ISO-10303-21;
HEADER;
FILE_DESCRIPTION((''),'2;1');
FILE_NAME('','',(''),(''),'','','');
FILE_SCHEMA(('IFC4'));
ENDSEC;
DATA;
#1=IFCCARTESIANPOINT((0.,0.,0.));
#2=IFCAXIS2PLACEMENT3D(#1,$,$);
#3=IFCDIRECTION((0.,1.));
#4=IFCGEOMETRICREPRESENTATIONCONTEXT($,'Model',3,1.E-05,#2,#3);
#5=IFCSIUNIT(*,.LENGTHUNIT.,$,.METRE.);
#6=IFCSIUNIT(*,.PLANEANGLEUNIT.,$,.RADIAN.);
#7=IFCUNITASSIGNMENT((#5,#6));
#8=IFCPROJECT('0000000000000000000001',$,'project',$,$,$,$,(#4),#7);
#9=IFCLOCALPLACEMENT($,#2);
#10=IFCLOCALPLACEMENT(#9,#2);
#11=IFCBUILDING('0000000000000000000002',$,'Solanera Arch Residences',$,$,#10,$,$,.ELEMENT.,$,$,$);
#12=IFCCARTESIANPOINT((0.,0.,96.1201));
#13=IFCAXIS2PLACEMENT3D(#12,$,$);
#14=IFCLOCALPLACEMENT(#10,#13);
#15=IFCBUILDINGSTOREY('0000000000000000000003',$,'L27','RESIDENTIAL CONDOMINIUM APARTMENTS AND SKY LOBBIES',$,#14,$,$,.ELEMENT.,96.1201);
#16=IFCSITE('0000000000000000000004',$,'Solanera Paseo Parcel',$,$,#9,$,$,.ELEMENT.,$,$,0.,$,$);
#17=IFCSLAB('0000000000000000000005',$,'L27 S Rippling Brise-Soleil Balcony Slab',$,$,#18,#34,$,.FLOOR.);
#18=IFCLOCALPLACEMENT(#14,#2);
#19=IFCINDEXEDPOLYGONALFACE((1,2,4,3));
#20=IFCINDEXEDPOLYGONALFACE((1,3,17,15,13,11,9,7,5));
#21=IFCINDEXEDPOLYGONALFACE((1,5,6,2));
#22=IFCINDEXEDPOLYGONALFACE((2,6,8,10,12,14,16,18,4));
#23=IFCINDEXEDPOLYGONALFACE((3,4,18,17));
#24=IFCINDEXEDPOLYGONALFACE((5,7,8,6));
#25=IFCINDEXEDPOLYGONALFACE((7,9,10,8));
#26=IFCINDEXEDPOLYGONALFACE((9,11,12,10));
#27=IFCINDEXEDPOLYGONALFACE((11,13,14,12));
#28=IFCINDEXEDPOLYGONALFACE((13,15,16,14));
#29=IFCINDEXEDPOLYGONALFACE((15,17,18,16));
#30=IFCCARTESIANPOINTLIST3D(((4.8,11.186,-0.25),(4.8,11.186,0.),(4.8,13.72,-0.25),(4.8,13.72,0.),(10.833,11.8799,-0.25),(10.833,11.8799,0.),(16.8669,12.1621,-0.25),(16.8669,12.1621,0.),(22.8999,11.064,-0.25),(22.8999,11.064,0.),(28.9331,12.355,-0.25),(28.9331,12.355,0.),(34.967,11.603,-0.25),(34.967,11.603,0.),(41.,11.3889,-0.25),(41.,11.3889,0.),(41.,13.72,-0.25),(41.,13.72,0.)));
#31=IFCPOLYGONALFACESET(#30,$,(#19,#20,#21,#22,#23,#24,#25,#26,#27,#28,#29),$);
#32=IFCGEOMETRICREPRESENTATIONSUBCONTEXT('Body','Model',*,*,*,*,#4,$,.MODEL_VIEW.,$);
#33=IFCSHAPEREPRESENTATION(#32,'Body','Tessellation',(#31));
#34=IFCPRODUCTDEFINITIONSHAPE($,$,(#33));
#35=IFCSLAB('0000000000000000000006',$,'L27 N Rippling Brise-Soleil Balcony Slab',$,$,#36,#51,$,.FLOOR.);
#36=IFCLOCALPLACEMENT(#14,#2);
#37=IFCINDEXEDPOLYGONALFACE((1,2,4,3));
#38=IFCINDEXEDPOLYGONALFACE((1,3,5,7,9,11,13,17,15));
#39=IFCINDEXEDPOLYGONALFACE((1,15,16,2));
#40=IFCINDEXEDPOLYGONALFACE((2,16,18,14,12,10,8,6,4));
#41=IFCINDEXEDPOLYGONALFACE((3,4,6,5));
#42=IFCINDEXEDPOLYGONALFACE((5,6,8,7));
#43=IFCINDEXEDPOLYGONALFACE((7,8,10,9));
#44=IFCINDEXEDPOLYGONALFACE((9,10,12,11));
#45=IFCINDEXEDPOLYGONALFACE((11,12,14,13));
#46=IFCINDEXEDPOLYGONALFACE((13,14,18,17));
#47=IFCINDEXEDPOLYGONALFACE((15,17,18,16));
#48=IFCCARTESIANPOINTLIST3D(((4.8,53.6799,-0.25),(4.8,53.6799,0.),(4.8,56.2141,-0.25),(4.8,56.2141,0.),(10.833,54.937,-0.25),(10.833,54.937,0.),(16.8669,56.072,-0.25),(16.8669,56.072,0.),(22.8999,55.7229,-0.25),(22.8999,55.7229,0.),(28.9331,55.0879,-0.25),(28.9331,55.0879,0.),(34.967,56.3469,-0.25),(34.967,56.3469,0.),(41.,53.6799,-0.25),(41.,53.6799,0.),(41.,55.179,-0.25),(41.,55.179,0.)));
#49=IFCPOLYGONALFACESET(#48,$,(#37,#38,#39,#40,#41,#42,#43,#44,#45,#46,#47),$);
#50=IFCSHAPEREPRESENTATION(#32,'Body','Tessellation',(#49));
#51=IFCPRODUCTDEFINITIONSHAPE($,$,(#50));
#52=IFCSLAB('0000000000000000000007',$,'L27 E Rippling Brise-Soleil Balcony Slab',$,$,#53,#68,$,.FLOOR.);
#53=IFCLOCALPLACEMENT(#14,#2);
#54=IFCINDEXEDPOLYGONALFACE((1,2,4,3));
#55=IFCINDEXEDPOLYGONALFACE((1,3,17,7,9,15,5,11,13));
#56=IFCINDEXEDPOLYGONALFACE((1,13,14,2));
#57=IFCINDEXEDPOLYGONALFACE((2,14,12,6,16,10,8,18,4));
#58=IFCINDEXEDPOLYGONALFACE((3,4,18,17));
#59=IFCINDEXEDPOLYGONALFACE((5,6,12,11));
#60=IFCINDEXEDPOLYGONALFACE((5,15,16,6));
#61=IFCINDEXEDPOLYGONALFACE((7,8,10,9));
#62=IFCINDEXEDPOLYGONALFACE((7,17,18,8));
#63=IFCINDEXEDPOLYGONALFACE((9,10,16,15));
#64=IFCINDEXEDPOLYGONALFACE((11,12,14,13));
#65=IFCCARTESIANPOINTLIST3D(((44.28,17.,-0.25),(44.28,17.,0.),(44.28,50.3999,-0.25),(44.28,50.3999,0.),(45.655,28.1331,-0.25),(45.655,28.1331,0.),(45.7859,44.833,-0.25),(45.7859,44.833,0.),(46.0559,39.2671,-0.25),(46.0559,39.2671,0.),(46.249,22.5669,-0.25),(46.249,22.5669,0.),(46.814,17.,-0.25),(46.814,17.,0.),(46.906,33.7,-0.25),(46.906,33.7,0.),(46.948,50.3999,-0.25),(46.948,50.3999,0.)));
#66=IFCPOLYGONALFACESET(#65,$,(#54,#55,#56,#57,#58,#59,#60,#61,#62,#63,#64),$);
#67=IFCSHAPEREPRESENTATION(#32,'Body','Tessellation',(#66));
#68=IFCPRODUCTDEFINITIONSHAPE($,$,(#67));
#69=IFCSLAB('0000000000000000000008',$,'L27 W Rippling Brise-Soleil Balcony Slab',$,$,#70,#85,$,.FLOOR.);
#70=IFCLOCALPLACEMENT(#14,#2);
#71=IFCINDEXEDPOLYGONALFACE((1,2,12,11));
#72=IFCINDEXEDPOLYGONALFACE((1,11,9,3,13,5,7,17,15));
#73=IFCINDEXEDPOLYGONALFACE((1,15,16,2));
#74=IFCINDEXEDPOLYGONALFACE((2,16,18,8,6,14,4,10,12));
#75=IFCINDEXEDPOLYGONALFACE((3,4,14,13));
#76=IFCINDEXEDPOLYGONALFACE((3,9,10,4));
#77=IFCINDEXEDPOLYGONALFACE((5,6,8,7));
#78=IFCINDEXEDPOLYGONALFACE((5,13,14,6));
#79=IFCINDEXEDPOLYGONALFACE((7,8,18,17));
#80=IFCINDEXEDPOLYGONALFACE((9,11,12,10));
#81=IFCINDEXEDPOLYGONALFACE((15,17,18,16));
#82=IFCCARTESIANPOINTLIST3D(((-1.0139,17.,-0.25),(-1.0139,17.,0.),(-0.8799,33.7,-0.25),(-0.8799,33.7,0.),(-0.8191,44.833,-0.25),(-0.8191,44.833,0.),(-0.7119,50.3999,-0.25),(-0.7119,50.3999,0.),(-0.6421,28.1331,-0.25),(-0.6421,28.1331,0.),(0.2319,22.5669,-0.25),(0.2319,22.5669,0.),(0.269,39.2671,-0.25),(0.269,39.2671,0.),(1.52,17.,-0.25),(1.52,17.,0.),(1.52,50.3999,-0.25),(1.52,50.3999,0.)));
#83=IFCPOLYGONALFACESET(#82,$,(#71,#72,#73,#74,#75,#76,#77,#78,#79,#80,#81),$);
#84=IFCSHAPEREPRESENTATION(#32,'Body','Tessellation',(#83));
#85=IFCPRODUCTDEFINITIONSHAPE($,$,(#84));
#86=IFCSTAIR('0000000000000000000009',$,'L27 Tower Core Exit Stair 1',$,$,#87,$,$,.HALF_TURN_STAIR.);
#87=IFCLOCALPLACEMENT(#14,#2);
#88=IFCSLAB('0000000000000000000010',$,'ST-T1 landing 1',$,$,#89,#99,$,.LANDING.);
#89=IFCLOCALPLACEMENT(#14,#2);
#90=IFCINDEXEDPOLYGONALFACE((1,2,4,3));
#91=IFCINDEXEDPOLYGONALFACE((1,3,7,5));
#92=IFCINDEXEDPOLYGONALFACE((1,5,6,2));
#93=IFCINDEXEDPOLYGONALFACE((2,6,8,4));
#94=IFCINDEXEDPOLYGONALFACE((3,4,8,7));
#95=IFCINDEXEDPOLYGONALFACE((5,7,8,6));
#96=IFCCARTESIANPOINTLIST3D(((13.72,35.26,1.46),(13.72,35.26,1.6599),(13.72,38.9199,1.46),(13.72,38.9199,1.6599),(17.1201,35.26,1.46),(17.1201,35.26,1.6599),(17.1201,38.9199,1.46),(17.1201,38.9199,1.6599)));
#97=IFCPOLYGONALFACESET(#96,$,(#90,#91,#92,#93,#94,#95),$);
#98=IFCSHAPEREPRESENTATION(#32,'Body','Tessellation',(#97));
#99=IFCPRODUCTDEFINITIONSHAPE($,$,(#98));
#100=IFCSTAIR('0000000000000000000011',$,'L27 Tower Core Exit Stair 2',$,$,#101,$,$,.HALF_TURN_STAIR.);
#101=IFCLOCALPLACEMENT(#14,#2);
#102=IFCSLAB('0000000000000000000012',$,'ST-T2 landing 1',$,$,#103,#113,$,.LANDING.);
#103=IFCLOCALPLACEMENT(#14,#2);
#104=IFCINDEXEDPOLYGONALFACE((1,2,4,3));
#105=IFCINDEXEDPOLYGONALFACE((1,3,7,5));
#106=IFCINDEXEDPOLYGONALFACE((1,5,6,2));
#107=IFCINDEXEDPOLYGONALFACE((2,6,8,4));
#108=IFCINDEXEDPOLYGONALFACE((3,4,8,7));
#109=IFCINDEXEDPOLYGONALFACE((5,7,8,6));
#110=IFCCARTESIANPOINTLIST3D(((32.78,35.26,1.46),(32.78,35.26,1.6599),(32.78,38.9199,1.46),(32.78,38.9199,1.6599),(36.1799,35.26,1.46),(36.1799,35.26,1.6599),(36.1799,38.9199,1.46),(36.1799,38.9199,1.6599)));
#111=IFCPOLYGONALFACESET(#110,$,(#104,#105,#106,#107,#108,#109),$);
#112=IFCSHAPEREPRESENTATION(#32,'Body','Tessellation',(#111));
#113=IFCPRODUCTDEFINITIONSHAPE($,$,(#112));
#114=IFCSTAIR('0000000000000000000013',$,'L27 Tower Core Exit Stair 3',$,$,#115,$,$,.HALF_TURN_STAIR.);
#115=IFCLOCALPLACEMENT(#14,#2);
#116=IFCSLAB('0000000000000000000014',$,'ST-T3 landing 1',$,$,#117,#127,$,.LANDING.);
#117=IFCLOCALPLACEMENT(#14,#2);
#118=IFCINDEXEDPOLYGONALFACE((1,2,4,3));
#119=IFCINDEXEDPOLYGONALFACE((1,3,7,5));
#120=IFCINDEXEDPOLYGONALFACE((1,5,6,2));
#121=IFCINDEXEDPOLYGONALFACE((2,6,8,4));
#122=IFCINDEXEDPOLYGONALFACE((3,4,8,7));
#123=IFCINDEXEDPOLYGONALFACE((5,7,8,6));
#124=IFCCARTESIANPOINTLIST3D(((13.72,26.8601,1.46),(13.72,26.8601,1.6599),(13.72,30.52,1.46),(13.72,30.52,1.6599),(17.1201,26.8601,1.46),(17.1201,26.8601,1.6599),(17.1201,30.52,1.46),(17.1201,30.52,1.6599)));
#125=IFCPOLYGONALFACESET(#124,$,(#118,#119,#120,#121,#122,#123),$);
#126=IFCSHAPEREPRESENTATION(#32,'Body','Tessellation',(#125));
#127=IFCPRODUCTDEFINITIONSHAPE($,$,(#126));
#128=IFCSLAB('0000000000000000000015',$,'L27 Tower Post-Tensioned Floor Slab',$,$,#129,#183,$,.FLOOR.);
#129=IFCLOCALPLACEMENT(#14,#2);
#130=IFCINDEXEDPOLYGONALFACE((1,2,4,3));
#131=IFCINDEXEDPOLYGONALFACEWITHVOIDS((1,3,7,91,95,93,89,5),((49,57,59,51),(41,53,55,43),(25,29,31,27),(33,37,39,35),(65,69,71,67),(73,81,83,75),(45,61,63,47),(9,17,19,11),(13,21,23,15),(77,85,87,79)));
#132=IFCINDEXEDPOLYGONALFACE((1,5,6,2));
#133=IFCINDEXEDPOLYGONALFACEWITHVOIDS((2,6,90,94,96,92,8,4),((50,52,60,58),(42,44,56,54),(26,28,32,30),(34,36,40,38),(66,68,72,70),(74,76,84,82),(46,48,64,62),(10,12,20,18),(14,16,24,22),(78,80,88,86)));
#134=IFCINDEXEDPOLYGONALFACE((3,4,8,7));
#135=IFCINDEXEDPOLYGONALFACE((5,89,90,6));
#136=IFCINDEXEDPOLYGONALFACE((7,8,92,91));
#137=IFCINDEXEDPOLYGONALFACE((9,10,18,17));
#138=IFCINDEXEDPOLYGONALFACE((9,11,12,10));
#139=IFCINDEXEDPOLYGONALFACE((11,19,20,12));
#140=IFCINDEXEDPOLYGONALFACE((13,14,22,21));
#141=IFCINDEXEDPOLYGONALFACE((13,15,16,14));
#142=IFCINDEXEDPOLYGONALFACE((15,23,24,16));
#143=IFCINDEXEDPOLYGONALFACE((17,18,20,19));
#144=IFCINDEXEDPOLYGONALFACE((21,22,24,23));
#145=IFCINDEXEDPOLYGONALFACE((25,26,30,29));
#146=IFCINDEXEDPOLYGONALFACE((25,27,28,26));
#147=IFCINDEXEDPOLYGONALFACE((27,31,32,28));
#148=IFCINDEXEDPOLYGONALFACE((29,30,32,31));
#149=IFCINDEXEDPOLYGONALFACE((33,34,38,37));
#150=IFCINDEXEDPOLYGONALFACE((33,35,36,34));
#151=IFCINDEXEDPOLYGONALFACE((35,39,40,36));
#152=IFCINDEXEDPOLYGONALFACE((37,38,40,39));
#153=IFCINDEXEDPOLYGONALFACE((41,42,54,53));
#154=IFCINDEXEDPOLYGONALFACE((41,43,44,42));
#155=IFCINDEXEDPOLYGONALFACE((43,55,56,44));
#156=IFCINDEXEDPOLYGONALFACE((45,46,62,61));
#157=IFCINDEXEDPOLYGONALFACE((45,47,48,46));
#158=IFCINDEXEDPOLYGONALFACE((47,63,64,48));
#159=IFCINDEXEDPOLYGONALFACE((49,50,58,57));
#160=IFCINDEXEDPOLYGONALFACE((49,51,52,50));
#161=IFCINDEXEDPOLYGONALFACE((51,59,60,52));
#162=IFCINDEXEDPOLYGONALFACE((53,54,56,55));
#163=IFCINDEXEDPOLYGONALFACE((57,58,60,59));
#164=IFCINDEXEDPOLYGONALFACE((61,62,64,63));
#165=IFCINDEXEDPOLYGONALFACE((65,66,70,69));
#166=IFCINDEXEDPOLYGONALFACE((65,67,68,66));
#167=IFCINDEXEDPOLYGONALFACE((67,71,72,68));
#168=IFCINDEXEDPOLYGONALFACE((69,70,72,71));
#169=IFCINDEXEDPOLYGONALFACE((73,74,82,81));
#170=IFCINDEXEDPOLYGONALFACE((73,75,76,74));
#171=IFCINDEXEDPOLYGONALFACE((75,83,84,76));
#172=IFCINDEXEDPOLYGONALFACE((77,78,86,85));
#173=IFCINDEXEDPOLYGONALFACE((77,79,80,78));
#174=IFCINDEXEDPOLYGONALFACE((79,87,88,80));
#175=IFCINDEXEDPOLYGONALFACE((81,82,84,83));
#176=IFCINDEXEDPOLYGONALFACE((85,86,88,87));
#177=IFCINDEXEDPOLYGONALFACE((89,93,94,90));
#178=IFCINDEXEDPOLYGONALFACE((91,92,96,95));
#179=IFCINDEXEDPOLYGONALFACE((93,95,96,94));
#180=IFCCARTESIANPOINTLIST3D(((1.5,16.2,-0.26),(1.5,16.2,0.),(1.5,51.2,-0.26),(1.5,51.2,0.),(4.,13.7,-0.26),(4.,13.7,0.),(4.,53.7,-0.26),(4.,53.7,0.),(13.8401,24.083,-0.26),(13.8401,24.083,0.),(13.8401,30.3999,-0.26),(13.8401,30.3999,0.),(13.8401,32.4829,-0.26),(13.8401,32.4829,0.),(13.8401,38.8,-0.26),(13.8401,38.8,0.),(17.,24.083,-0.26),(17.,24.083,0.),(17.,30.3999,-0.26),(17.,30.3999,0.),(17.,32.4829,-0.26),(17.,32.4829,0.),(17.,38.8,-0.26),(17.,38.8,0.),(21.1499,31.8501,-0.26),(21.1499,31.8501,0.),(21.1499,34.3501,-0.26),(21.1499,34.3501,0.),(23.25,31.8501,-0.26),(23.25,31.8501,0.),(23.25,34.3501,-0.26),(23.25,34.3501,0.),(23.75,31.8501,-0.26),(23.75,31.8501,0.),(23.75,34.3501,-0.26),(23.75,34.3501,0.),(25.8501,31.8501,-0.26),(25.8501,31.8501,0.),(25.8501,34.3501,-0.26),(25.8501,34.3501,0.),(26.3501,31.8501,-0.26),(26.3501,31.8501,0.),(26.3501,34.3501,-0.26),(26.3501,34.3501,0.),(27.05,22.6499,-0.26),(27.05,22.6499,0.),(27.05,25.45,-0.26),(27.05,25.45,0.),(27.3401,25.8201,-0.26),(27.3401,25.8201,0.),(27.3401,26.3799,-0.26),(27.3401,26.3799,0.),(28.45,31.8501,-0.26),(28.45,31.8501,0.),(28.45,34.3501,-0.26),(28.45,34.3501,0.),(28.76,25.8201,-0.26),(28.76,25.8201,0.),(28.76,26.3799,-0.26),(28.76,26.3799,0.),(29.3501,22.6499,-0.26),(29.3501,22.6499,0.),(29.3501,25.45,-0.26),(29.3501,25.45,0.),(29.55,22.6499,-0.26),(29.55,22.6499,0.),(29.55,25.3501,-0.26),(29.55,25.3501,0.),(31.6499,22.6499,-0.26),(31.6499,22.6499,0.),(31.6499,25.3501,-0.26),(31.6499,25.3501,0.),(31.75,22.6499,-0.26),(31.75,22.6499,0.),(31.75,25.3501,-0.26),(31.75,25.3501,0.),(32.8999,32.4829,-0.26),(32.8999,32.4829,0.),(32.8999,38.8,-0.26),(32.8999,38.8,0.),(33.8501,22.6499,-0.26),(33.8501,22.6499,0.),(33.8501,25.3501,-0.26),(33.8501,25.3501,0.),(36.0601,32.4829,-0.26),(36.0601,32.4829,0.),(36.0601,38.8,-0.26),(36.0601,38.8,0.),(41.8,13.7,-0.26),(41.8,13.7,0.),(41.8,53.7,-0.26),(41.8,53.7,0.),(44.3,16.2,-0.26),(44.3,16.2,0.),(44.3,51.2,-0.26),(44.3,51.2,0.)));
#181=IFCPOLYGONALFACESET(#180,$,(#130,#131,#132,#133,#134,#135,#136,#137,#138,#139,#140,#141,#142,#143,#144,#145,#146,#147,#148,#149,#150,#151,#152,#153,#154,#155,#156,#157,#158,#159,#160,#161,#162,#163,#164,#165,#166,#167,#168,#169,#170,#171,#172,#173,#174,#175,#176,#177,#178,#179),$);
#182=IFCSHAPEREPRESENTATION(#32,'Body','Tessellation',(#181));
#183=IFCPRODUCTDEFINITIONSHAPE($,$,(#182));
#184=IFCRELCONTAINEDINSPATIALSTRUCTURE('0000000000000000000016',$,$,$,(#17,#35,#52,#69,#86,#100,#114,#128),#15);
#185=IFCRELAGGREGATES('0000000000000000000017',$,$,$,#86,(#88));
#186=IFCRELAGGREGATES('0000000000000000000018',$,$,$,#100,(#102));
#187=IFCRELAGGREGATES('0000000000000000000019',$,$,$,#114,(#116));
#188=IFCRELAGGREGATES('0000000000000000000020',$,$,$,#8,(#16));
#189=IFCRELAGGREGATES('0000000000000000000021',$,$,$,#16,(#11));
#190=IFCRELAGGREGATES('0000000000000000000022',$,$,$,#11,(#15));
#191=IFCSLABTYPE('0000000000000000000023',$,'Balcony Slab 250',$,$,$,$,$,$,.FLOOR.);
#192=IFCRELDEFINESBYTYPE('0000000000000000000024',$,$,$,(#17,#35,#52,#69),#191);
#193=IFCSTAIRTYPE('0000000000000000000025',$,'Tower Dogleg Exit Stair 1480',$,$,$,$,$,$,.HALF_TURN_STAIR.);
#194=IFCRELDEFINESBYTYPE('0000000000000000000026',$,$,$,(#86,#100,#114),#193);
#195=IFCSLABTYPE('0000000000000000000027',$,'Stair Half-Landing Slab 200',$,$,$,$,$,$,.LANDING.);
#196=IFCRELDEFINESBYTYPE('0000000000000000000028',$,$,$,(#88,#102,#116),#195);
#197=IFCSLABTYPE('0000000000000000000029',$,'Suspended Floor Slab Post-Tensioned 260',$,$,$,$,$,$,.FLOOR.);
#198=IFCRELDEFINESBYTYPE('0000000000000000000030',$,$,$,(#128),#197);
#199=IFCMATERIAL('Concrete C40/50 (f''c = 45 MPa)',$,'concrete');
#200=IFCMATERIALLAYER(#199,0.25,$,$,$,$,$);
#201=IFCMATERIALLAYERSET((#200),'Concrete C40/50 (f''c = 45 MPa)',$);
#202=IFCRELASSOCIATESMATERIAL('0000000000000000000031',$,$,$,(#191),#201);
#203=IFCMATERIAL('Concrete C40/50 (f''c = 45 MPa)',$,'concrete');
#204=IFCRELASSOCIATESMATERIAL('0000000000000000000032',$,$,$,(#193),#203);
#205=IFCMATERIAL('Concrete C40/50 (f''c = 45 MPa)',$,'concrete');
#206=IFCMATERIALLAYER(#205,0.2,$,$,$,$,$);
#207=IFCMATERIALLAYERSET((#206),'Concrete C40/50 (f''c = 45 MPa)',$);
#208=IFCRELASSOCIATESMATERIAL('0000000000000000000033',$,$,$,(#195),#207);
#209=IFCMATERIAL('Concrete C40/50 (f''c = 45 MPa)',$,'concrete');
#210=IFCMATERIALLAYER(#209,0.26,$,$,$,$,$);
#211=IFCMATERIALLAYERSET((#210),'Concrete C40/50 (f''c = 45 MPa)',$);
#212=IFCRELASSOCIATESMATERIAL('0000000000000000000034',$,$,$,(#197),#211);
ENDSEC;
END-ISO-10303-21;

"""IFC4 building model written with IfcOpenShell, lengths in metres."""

from ifc_helpers import new_model, si_unit, direction, frame, origin, place, context, subcontext, project, spatial, polyline, outline, extrude, material, layer, layer_set, type_object, element, aggregate, save


model = new_model("IFC4")

# Units and contexts
model_context = context("Model", 3, precision=1e-05, world=origin(), true_north=direction((0.0, 1.0)))
body_context = subcontext(model_context, "Body", "Model", "MODEL_VIEW")
ifc_project = project(units=[si_unit("LENGTHUNIT", "METRE"), si_unit("PLANEANGLEUNIT", "RADIAN")], contexts=[model_context])

# Site, building, storey
site_placement = place(None, origin())
site = spatial("IfcSite", under=ifc_project, at=site_placement, Name="Solanera Paseo Parcel", CompositionType="ELEMENT", RefElevation=0.0)
building_placement = place(site_placement, origin())
building = spatial("IfcBuilding", under=site, at=building_placement, Name="Solanera Arch Residences", CompositionType="ELEMENT")
storey_placement = place(building_placement, frame((0.0, 0.0, 96.1201)))
storey = spatial("IfcBuildingStorey", under=building, at=storey_placement, Name="L27", Description="RESIDENTIAL CONDOMINIUM APARTMENTS AND SKY LOBBIES", CompositionType="ELEMENT", Elevation=96.1201)

# Slabs
ifc_material_1 = material(Name="Concrete C40/50 (f'c = 45 MPa)", Category="concrete")
ifc_layer_1 = layer(ifc_material_1, 0.25)
ifc_layer_set_1 = layer_set([ifc_layer_1], Name="Concrete C40/50 (f'c = 45 MPa)")
slab_type_1 = type_object("IfcSlabType", Name="Balcony Slab 250", PredefinedType="FLOOR", material=ifc_layer_set_1)
slab_1_placement = place(storey_placement, frame((0.0, 0.0, -0.25)))
element("IfcSlab", 1, at=slab_1_placement, inside=storey, type_object=slab_type_1, Name="L27 S Rippling Brise-Soleil Balcony Slab", PredefinedType="FLOOR", context=body_context, shape_type="SweptSolid", body=[
    extrude(outline(polyline([(4.8, 11.186), (10.833, 11.8799), (16.8669, 12.1621), (22.8999, 11.064), (28.9331, 12.355), (34.967, 11.603), (41.0, 11.3889), (41.0, 13.72), (4.8, 13.72), (4.8, 11.186)])), origin(), (0.0, 0.0, 1.0), 0.25),
])
slab_2_placement = place(storey_placement, frame((0.0, 0.0, -0.25)))
element("IfcSlab", 2, at=slab_2_placement, inside=storey, type_object=slab_type_1, Name="L27 N Rippling Brise-Soleil Balcony Slab", PredefinedType="FLOOR", context=body_context, shape_type="SweptSolid", body=[
    extrude(outline(polyline([(41.0, 55.179), (34.967, 56.3469), (28.9331, 55.0879), (22.8999, 55.7229), (16.8669, 56.072), (10.833, 54.937), (4.8, 56.2141), (4.8, 53.6799), (41.0, 53.6799), (41.0, 55.179)])), origin(), (0.0, 0.0, 1.0), 0.25),
])
slab_3_placement = place(storey_placement, frame((0.0, 0.0, -0.25)))
element("IfcSlab", 3, at=slab_3_placement, inside=storey, type_object=slab_type_1, Name="L27 E Rippling Brise-Soleil Balcony Slab", PredefinedType="FLOOR", context=body_context, shape_type="SweptSolid", body=[
    extrude(outline(polyline([(46.814, 17.0), (46.249, 22.5669), (45.655, 28.1331), (46.906, 33.7), (46.0559, 39.2671), (45.7859, 44.833), (46.948, 50.3999), (44.28, 50.3999), (44.28, 17.0), (46.814, 17.0)])), origin(), (0.0, 0.0, 1.0), 0.25),
])
slab_4_placement = place(storey_placement, frame((0.0, 0.0, -0.25)))
element("IfcSlab", 4, at=slab_4_placement, inside=storey, type_object=slab_type_1, Name="L27 W Rippling Brise-Soleil Balcony Slab", PredefinedType="FLOOR", context=body_context, shape_type="SweptSolid", body=[
    extrude(outline(polyline([(-0.7119, 50.3999), (-0.8191, 44.833), (0.269, 39.2671), (-0.8799, 33.7), (-0.6421, 28.1331), (0.2319, 22.5669), (-1.0139, 17.0), (1.52, 17.0), (1.52, 50.3999), (-0.7119, 50.3999)])), origin(), (0.0, 0.0, 1.0), 0.25),
])

# Stairs, slabs
ifc_material_2 = material(Name="Concrete C40/50 (f'c = 45 MPa)", Category="concrete")
stair_type = type_object("IfcStairType", Name="Tower Dogleg Exit Stair 1480", PredefinedType="HALF_TURN_STAIR", material=ifc_material_2)
stair_1_placement = place(storey_placement, origin())
stair_1 = element("IfcStair", 5, at=stair_1_placement, inside=storey, type_object=stair_type, Name="L27 Tower Core Exit Stair 1", PredefinedType="HALF_TURN_STAIR")
ifc_material_3 = material(Name="Concrete C40/50 (f'c = 45 MPa)", Category="concrete")
ifc_layer_2 = layer(ifc_material_3, 0.2)
ifc_layer_set_2 = layer_set([ifc_layer_2], Name="Concrete C40/50 (f'c = 45 MPa)")
slab_type_2 = type_object("IfcSlabType", Name="Stair Half-Landing Slab 200", PredefinedType="LANDING", material=ifc_layer_set_2)
slab_5_placement = place(storey_placement, frame((0.0, 0.0, 1.46)))
slab_5 = element("IfcSlab", 6, at=slab_5_placement, type_object=slab_type_2, Name="ST-T1 landing 1", PredefinedType="LANDING", context=body_context, shape_type="SweptSolid", body=[
    extrude(outline(polyline([(17.1201, 35.26), (17.1201, 38.9199), (13.72, 38.9199), (13.72, 35.26), (17.1201, 35.26)])), origin(), (0.0, 0.0, 1.0), 0.2),
])
aggregate(stair_1, [slab_5])
stair_2_placement = place(storey_placement, origin())
stair_2 = element("IfcStair", 7, at=stair_2_placement, inside=storey, type_object=stair_type, Name="L27 Tower Core Exit Stair 2", PredefinedType="HALF_TURN_STAIR")
slab_6_placement = place(storey_placement, frame((0.0, 0.0, 1.46)))
slab_6 = element("IfcSlab", 8, at=slab_6_placement, type_object=slab_type_2, Name="ST-T2 landing 1", PredefinedType="LANDING", context=body_context, shape_type="SweptSolid", body=[
    extrude(outline(polyline([(36.1799, 35.26), (36.1799, 38.9199), (32.78, 38.9199), (32.78, 35.26), (36.1799, 35.26)])), origin(), (0.0, 0.0, 1.0), 0.2),
])
aggregate(stair_2, [slab_6])
stair_3_placement = place(storey_placement, origin())
stair_3 = element("IfcStair", 9, at=stair_3_placement, inside=storey, type_object=stair_type, Name="L27 Tower Core Exit Stair 3", PredefinedType="HALF_TURN_STAIR")
slab_7_placement = place(storey_placement, frame((0.0, 0.0, 1.46)))
slab_7 = element("IfcSlab", 10, at=slab_7_placement, type_object=slab_type_2, Name="ST-T3 landing 1", PredefinedType="LANDING", context=body_context, shape_type="SweptSolid", body=[
    extrude(outline(polyline([(17.1201, 26.8601), (17.1201, 30.52), (13.72, 30.52), (13.72, 26.8601), (17.1201, 26.8601)])), origin(), (0.0, 0.0, 1.0), 0.2),
])
aggregate(stair_3, [slab_7])

# Slab
ifc_material_4 = material(Name="Concrete C40/50 (f'c = 45 MPa)", Category="concrete")
ifc_layer_3 = layer(ifc_material_4, 0.26)
ifc_layer_set_3 = layer_set([ifc_layer_3], Name="Concrete C40/50 (f'c = 45 MPa)")
slab_type_3 = type_object("IfcSlabType", Name="Suspended Floor Slab Post-Tensioned 260", PredefinedType="FLOOR", material=ifc_layer_set_3)
slab_8_placement = place(storey_placement, frame((0.0, 0.0, -0.26)))
element("IfcSlab", 11, at=slab_8_placement, inside=storey, type_object=slab_type_3, Name="L27 Tower Post-Tensioned Floor Slab", PredefinedType="FLOOR", context=body_context, shape_type="SweptSolid", body=[
    extrude(outline(polyline([(4.0, 13.7), (41.8, 13.7), (44.3, 16.2), (44.3, 51.2), (41.8, 53.7), (4.0, 53.7), (1.5, 51.2), (1.5, 16.2), (4.0, 13.7)]), holes=[polyline([(13.8401, 32.4829), (13.8401, 38.8), (17.0, 38.8), (17.0, 32.4829), (13.8401, 32.4829)]), polyline([(32.8999, 32.4829), (32.8999, 38.8), (36.0601, 38.8), (36.0601, 32.4829), (32.8999, 32.4829)]), polyline([(13.8401, 24.083), (13.8401, 30.3999), (17.0, 30.3999), (17.0, 24.083), (13.8401, 24.083)]), polyline([(21.1499, 34.3501), (23.25, 34.3501), (23.25, 31.8501), (21.1499, 31.8501), (21.1499, 34.3501)]), polyline([(23.75, 34.3501), (25.8501, 34.3501), (25.8501, 31.8501), (23.75, 31.8501), (23.75, 34.3501)]), polyline([(26.3501, 34.3501), (28.45, 34.3501), (28.45, 31.8501), (26.3501, 31.8501), (26.3501, 34.3501)]), polyline([(29.55, 25.3501), (31.6499, 25.3501), (31.6499, 22.6499), (29.55, 22.6499), (29.55, 25.3501)]), polyline([(31.75, 25.3501), (33.8501, 25.3501), (33.8501, 22.6499), (31.75, 22.6499), (31.75, 25.3501)]), polyline([(27.05, 25.45), (29.3501, 25.45), (29.3501, 22.6499), (27.05, 22.6499), (27.05, 25.45)]), polyline([(27.3401, 26.3799), (28.76, 26.3799), (28.76, 25.8201), (27.3401, 25.8201), (27.3401, 26.3799)])]), origin(), (0.0, 0.0, 1.0), 0.26),
])

save(model, "model.ifc")
